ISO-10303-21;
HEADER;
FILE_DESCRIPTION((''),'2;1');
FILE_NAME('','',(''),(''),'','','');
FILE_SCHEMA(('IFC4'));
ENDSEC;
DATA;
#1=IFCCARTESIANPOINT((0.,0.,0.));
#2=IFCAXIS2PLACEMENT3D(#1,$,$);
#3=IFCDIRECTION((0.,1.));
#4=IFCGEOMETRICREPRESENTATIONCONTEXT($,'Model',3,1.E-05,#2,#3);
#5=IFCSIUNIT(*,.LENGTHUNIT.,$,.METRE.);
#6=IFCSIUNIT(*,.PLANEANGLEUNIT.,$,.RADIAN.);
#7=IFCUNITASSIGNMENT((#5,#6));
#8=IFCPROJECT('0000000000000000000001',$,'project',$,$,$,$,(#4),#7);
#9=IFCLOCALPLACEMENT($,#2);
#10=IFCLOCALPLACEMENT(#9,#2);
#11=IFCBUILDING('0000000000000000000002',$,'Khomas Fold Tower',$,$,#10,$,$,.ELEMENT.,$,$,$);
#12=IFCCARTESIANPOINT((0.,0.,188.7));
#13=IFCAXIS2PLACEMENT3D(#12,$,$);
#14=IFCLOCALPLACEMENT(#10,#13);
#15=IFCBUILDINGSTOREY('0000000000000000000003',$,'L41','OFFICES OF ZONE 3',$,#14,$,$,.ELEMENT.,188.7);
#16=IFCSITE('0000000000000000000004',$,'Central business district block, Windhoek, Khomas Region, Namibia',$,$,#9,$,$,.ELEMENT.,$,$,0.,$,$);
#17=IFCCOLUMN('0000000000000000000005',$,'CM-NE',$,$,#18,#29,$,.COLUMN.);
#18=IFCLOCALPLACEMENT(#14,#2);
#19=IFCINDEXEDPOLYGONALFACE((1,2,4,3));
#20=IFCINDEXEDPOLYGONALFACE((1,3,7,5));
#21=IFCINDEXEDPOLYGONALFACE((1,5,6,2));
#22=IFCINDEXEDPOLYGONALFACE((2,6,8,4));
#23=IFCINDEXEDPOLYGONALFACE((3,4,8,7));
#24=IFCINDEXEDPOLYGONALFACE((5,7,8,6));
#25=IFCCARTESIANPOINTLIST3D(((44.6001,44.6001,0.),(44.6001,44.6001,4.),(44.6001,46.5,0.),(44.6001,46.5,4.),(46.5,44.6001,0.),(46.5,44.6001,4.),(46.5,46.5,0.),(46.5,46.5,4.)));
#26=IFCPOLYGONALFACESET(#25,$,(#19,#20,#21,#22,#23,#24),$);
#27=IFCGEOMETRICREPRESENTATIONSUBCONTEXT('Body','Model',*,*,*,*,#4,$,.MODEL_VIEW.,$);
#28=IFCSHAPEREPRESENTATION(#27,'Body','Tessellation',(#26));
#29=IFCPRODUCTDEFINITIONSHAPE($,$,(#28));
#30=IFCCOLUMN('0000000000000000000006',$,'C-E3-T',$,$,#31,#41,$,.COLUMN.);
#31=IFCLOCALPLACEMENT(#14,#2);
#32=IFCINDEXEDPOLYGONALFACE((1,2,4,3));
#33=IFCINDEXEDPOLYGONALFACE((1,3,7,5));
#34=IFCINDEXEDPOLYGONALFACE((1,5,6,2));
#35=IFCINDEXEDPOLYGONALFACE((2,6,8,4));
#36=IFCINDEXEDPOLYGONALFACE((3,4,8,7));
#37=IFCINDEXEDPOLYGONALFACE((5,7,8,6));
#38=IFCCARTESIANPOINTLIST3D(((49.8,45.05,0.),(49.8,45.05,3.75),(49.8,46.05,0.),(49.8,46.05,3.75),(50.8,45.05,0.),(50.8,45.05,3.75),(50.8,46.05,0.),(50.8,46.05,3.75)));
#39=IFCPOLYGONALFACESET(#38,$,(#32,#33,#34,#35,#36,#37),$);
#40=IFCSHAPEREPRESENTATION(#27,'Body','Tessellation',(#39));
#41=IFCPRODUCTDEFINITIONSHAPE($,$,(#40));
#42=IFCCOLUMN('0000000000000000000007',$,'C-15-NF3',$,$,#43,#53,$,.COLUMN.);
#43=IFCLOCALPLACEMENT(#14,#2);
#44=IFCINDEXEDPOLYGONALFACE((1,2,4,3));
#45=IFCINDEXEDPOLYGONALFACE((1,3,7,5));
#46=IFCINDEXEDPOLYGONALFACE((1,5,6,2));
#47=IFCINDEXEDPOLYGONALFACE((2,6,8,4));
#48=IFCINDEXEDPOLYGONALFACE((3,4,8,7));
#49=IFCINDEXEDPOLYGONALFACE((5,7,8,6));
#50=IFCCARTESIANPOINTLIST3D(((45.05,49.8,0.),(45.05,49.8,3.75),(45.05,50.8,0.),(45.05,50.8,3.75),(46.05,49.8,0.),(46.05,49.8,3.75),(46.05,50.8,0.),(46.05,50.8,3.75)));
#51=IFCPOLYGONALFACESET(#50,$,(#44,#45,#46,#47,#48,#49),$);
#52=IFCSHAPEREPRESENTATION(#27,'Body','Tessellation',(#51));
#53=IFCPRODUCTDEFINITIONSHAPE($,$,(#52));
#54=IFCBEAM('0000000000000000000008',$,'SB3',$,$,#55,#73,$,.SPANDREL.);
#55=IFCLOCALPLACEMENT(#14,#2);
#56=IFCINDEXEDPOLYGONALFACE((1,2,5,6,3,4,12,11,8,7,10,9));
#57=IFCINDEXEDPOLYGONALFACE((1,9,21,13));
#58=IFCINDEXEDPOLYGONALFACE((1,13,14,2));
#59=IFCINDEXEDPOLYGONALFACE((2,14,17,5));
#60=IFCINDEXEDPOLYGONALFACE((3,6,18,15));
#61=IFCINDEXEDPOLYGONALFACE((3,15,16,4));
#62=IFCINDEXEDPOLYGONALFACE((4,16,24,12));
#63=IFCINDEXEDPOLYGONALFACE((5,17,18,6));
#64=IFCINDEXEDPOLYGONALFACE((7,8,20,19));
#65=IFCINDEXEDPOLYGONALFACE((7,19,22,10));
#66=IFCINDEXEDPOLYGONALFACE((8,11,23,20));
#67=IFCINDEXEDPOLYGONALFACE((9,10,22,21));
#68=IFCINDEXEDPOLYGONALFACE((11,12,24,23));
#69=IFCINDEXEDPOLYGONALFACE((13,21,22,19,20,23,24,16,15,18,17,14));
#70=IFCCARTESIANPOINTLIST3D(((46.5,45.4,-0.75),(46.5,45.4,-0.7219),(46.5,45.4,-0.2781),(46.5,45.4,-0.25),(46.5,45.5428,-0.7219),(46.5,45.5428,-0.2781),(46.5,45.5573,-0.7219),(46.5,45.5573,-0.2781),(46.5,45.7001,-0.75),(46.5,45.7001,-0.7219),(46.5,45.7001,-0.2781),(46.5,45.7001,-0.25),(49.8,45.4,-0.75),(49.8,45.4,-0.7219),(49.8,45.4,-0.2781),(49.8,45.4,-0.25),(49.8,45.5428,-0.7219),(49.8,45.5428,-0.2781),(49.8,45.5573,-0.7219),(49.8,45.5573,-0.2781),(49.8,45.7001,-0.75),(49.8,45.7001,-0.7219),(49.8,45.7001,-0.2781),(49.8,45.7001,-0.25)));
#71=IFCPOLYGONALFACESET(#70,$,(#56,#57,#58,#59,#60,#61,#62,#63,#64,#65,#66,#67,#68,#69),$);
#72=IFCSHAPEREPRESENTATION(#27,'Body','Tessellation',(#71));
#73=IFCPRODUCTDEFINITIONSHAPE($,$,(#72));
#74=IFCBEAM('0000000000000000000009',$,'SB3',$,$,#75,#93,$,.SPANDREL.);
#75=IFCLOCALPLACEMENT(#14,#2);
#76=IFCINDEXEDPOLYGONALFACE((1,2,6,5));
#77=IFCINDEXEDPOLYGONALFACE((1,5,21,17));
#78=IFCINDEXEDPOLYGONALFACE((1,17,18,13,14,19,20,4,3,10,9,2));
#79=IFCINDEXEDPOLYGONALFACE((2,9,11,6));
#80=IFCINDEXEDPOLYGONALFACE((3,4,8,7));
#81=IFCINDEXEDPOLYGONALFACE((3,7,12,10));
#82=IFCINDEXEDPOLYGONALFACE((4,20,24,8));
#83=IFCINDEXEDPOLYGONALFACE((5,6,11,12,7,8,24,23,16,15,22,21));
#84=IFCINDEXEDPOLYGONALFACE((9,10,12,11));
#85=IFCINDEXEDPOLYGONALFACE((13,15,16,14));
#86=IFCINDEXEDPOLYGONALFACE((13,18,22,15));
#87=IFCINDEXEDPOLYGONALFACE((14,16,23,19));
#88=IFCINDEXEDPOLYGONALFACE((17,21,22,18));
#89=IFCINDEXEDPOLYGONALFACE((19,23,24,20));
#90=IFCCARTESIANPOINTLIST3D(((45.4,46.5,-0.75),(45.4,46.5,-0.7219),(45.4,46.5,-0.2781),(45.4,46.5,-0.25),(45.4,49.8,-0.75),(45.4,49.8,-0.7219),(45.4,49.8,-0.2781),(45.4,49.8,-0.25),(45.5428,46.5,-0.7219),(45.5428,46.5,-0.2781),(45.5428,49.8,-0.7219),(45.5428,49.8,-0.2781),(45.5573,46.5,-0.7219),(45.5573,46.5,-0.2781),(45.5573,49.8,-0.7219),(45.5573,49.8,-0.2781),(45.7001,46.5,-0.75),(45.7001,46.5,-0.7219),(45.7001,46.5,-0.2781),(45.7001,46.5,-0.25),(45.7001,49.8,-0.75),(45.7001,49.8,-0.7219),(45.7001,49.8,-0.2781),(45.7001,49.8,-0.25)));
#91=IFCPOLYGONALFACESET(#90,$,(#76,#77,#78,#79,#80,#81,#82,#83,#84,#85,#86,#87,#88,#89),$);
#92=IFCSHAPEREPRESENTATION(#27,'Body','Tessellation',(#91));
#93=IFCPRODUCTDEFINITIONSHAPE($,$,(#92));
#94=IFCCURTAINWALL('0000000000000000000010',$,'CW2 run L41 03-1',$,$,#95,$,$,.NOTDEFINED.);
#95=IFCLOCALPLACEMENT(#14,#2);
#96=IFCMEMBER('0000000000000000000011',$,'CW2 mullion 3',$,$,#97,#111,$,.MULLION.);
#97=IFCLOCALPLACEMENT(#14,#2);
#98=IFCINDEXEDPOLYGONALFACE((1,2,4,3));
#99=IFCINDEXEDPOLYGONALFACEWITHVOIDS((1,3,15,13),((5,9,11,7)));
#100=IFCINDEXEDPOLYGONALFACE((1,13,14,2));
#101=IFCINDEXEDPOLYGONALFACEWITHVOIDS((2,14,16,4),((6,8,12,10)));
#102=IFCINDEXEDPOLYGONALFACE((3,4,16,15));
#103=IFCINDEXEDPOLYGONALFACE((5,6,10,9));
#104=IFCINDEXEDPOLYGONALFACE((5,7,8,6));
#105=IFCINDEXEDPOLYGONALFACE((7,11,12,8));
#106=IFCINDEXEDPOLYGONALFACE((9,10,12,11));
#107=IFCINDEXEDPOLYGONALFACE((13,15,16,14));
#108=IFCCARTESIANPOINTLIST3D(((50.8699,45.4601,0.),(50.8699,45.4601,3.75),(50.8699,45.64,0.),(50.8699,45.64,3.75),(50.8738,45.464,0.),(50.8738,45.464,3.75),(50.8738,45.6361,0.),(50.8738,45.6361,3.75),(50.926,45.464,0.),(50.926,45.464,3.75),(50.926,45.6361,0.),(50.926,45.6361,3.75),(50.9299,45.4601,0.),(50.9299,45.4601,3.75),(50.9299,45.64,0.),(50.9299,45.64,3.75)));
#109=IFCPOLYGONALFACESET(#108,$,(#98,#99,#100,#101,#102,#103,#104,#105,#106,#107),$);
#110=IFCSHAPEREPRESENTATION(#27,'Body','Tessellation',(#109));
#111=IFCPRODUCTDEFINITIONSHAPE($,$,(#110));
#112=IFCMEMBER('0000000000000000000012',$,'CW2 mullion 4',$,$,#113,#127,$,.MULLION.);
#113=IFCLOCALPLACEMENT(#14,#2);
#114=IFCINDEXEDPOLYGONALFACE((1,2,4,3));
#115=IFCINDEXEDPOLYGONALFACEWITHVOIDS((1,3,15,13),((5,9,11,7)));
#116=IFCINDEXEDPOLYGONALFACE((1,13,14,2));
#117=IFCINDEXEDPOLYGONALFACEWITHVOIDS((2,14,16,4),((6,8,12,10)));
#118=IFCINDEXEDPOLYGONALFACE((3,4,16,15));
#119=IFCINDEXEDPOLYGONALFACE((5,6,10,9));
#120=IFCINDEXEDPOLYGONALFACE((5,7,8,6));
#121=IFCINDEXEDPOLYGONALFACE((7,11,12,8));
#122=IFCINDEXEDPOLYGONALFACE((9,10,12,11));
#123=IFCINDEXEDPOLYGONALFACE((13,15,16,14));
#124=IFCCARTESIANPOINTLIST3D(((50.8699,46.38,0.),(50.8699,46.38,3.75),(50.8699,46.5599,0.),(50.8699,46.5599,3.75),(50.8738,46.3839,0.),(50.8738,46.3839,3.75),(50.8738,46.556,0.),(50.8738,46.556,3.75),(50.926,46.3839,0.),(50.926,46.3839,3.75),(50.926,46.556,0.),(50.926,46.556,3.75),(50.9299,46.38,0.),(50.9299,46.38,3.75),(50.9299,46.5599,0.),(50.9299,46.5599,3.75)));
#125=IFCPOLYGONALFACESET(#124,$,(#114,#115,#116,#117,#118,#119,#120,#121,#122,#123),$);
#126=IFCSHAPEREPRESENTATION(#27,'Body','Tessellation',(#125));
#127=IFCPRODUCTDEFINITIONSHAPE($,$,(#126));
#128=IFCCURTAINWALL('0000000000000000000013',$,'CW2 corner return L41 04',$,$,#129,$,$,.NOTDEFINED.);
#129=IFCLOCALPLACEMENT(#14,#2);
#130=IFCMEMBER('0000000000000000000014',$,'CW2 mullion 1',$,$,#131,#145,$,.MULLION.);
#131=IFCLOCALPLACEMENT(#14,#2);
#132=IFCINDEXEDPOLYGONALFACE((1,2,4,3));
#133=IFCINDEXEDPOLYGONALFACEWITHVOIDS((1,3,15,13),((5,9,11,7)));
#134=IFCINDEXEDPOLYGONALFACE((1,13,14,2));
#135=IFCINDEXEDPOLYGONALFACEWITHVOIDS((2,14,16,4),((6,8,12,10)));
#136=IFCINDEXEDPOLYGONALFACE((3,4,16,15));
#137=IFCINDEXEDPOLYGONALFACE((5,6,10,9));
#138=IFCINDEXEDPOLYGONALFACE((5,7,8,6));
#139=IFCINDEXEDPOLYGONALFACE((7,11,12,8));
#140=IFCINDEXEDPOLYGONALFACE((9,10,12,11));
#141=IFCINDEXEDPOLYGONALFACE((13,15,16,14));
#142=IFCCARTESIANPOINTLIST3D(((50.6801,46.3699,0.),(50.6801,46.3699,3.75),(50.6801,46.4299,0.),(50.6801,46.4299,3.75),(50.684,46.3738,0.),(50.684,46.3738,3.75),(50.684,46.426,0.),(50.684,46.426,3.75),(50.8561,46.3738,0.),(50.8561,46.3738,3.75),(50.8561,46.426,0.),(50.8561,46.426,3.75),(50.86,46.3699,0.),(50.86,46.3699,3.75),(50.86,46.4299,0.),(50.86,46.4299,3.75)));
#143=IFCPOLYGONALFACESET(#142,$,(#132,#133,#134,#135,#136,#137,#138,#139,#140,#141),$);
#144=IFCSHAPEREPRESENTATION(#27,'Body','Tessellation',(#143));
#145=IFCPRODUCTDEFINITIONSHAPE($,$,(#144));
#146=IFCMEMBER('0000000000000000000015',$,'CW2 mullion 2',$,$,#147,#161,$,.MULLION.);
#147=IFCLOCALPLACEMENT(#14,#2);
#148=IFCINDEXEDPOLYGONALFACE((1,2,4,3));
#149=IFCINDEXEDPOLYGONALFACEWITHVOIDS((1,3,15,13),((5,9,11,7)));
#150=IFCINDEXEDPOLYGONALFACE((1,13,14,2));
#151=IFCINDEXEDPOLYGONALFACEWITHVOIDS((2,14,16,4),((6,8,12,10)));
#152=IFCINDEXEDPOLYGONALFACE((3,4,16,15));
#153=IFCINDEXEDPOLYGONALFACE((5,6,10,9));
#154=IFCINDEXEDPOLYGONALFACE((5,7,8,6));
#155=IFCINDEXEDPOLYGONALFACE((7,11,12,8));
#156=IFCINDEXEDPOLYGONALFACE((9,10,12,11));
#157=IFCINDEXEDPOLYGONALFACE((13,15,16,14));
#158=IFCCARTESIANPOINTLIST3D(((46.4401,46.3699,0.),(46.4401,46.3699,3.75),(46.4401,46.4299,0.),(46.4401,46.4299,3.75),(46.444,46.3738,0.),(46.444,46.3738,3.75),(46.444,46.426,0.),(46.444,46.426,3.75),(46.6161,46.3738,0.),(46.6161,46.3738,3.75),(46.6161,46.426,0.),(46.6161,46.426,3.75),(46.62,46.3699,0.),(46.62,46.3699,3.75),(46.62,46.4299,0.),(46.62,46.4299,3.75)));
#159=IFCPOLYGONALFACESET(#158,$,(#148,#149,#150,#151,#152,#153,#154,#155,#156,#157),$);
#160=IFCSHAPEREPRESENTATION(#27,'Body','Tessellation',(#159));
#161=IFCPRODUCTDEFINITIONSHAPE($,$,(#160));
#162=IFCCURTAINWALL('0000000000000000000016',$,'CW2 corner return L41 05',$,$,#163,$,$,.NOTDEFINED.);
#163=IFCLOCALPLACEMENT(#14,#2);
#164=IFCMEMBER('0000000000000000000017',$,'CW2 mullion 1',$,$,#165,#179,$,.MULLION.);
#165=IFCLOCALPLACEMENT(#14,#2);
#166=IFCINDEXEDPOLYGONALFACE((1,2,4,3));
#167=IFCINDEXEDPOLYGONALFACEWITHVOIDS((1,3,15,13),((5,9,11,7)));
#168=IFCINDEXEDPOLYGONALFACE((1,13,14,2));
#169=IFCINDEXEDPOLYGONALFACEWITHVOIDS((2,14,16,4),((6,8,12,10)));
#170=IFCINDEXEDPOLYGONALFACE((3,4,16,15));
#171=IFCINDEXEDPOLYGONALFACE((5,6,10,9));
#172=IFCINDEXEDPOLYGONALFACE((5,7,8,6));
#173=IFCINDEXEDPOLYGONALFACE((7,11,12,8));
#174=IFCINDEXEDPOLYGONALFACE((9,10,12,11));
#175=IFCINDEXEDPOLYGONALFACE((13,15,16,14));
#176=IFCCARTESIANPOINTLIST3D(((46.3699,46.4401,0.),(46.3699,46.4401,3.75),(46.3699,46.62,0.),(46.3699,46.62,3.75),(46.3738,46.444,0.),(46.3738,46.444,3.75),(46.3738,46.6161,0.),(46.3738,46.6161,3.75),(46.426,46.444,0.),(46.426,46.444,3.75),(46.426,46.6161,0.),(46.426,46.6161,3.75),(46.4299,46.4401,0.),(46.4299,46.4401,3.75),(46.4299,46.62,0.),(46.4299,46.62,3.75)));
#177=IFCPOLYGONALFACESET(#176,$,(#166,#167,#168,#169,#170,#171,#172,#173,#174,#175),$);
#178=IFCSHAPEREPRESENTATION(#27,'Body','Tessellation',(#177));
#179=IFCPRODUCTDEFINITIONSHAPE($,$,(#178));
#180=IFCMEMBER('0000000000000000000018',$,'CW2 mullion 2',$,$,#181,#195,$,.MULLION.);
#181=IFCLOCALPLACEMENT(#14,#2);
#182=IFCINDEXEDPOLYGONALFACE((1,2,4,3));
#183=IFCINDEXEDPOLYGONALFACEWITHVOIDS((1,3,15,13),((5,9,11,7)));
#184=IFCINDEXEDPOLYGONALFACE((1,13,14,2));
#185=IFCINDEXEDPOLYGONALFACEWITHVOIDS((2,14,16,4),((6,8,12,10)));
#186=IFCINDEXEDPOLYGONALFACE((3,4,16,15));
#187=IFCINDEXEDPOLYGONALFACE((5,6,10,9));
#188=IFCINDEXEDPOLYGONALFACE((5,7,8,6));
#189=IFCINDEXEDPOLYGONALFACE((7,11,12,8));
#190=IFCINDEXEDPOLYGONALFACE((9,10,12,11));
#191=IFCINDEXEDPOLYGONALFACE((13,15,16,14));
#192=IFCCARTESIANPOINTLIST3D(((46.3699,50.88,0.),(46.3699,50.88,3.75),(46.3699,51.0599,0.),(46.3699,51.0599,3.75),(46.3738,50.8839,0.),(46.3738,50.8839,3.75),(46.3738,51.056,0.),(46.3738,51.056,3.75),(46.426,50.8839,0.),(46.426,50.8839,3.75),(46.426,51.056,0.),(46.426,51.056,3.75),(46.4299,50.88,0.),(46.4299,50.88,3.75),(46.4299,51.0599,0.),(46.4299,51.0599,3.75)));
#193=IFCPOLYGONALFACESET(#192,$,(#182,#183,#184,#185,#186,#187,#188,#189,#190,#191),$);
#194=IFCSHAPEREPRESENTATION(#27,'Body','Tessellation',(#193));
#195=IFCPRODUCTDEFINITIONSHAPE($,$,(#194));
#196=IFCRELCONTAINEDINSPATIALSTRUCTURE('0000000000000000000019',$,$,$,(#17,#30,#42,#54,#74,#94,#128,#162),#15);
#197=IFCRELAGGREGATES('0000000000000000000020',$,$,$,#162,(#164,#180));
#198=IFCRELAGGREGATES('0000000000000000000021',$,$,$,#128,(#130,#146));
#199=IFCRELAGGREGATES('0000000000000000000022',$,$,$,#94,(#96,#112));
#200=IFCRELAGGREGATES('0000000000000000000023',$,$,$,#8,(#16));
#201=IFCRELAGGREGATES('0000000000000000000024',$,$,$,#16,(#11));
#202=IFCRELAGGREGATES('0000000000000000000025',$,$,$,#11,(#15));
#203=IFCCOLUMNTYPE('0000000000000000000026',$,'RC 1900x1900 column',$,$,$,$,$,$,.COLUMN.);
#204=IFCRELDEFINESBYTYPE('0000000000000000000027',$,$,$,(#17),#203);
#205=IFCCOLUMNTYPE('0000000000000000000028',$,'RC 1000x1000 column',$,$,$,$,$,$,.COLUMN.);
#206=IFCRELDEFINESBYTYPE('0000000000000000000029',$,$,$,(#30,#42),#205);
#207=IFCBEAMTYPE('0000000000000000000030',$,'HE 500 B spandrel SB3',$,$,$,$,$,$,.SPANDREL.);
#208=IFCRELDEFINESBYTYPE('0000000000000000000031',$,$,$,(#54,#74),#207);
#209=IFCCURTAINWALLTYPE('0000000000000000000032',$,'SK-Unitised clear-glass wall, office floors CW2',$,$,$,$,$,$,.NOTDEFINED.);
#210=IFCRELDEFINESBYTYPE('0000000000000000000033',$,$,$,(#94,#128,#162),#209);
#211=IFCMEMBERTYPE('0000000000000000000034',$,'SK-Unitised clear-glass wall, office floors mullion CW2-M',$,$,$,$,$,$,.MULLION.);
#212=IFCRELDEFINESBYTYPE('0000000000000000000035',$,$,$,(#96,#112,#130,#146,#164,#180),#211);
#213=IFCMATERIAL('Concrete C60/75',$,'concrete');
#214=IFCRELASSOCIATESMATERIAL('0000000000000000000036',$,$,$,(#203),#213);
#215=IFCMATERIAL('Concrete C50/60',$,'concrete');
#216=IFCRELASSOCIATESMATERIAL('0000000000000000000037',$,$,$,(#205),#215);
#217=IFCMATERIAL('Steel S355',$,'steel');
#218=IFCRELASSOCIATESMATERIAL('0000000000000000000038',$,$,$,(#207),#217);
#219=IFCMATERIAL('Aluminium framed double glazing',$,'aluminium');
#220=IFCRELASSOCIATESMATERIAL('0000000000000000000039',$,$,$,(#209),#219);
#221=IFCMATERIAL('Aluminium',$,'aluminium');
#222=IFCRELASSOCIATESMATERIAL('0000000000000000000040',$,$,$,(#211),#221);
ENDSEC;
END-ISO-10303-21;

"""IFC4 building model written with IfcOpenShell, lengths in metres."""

from ifc_helpers import new_model, si_unit, direction, frame, origin, origin_2d, place, context, subcontext, project, spatial, rectangle, hollow_rectangle, i_section, extrude, source, transform, mapped, material, material_profile, profile_set, type_object, element, aggregate, save


model = new_model("IFC4")

# Units and contexts
model_context = context("Model", 3, precision=1e-05, world=origin(), true_north=direction((0.0, 1.0)))
body_context = subcontext(model_context, "Body", "Model", "MODEL_VIEW")
ifc_project = project(units=[si_unit("LENGTHUNIT", "METRE"), si_unit("PLANEANGLEUNIT", "RADIAN")], contexts=[model_context])

# Site, building, storey
site_placement = place(None, origin())
site = spatial("IfcSite", under=ifc_project, at=site_placement, Name="Central business district block, Windhoek, Khomas Region, Namibia", CompositionType="ELEMENT", RefElevation=0.0)
building_placement = place(site_placement, origin())
building = spatial("IfcBuilding", under=site, at=building_placement, Name="Khomas Fold Tower", CompositionType="ELEMENT")
storey_placement = place(building_placement, frame((0.0, 0.0, 188.7)))
storey = spatial("IfcBuildingStorey", under=building, at=storey_placement, Name="L41", Description="OFFICES OF ZONE 3", CompositionType="ELEMENT", Elevation=188.7)

# Columns
ifc_material_1 = material(Name="Concrete C60/75", Category="concrete")
ifc_material_profile_1 = material_profile(ifc_material_1, rectangle(XDim=1.8999, YDim=1.8999, at=origin_2d()), Name="RC 1900x1900")
ifc_profile_set_1 = profile_set([ifc_material_profile_1], Name="Concrete C60/75")
column_type_1 = type_object("IfcColumnType", Name="RC 1900x1900 column", PredefinedType="COLUMN", material=ifc_profile_set_1)
shared_shape_1 = source(origin(), body_context, "Body", "SweptSolid", [
    extrude(rectangle(XDim=1.8999, YDim=1.8999, at=origin_2d()), origin(), (0.0, 0.0, 1.0), 4.0),
])
column_placement = place(storey_placement, frame((45.55, 45.55, 0.0), z_axis=(0.0, 0.0, 1.0), x_axis=(1.0, 0.0, 0.0)))
element("IfcColumn", 1, at=column_placement, inside=storey, type_object=column_type_1, Name="CM-NE", PredefinedType="COLUMN", context=body_context, shape_type="MappedRepresentation", body=[
    mapped(shared_shape_1, transform((0.0, 0.0, 0.0))),
])
ifc_material_2 = material(Name="Concrete C50/60", Category="concrete")
ifc_material_profile_2 = material_profile(ifc_material_2, rectangle(XDim=1.0, YDim=1.0, at=origin_2d()), Name="RC 1000x1000")
ifc_profile_set_2 = profile_set([ifc_material_profile_2], Name="Concrete C50/60")
column_type_2 = type_object("IfcColumnType", Name="RC 1000x1000 column", PredefinedType="COLUMN", material=ifc_profile_set_2)
shared_shape_2 = source(origin(), body_context, "Body", "SweptSolid", [
    extrude(rectangle(XDim=1.0, YDim=1.0, at=origin_2d()), origin(), (0.0, 0.0, 1.0), 3.75),
])
for number, where, z_axis, x_axis, name in (
    (2, (50.3, 45.55, 0.0), (0.0, 0.0, 1.0), (1.0, 0.0, 0.0), "C-E3-T"),
    (3, (45.55, 50.3, 0.0), (0.0, 0.0, 1.0), (1.0, 0.0, 0.0), "C-15-NF3"),
):
    element("IfcColumn", number, at=place(storey_placement, frame(where, z_axis=z_axis, x_axis=x_axis)), inside=storey, type_object=column_type_2, Name=name, PredefinedType="COLUMN", context=body_context, shape_type="MappedRepresentation", body=[
        mapped(shared_shape_2, transform((0.0, 0.0, 0.0))),
    ])

# Beams
ifc_material_3 = material(Name="Steel S355", Category="steel")
ifc_material_profile_3 = material_profile(ifc_material_3, i_section(OverallWidth=0.3, OverallDepth=0.5, WebThickness=0.0144, FlangeThickness=0.0281, at=origin_2d()), Name="HE 500 B")
ifc_profile_set_3 = profile_set([ifc_material_profile_3], Name="Steel S355")
beam_type = type_object("IfcBeamType", Name="HE 500 B spandrel SB3", PredefinedType="SPANDREL", material=ifc_profile_set_3)
shared_shape_3 = source(origin(), body_context, "Body", "SweptSolid", [
    extrude(i_section(OverallWidth=0.3, OverallDepth=0.5, WebThickness=0.0144, FlangeThickness=0.0281, at=origin_2d()), origin(), (0.0, 0.0, 1.0), 3.3),
])
for number, where, z_axis, x_axis, name in (
    (4, (46.5, 45.55, -0.5), (1.0, 0.0, 0.0), (0.0, 1.0, 0.0), "SB3"),
    (5, (45.55, 46.5, -0.5), (0.0, 1.0, 0.0), (-1.0, 0.0, 0.0), "SB3"),
):
    element("IfcBeam", number, at=place(storey_placement, frame(where, z_axis=z_axis, x_axis=x_axis)), inside=storey, type_object=beam_type, Name=name, PredefinedType="SPANDREL", context=body_context, shape_type="MappedRepresentation", body=[
        mapped(shared_shape_3, transform((0.0, 0.0, 0.0))),
    ])

# Curtain walls, members
ifc_material_4 = material(Name="Aluminium framed double glazing", Category="aluminium")
curtain_wall_type = type_object("IfcCurtainWallType", Name="SK-Unitised clear-glass wall, office floors CW2", PredefinedType="NOTDEFINED", material=ifc_material_4)
curtain_wall_1_placement = place(storey_placement, origin())
curtain_wall_1 = element("IfcCurtainWall", 6, at=curtain_wall_1_placement, inside=storey, type_object=curtain_wall_type, Name="CW2 run L41 03-1", PredefinedType="NOTDEFINED")
ifc_material_5 = material(Name="Aluminium", Category="aluminium")
ifc_material_profile_4 = material_profile(ifc_material_5, hollow_rectangle(XDim=0.0601, YDim=0.1799, WallThickness=0.0039, at=origin_2d()), Name="SK-Unitised clear-glass wall, office floors mullion CW2-M")
ifc_profile_set_4 = profile_set([ifc_material_profile_4], Name="Aluminium")
member_type_1 = type_object("IfcMemberType", Name="SK-Unitised clear-glass wall, office floors mullion CW2-M", PredefinedType="MULLION", material=ifc_profile_set_4)
shared_shape_4 = source(origin(), body_context, "Body", "SweptSolid", [
    extrude(hollow_rectangle(XDim=0.0601, YDim=0.1799, WallThickness=0.0039, at=origin_2d()), origin(), (0.0, 0.0, 1.0), 3.75),
])
member_1_placement = place(storey_placement, frame((50.8999, 45.55, 0.0), z_axis=(0.0, 0.0, 1.0), x_axis=(-1.0, 0.0, 0.0)))
member_1 = element("IfcMember", 7, at=member_1_placement, type_object=member_type_1, Name="CW2 mullion 3", PredefinedType="MULLION", context=body_context, shape_type="MappedRepresentation", body=[
    mapped(shared_shape_4, transform((0.0, 0.0, 0.0))),
])
member_2_placement = place(storey_placement, frame((50.8999, 46.47, 0.0), z_axis=(0.0, 0.0, 1.0), x_axis=(-1.0, 0.0, 0.0)))
member_2 = element("IfcMember", 8, at=member_2_placement, type_object=member_type_1, Name="CW2 mullion 4", PredefinedType="MULLION", context=body_context, shape_type="MappedRepresentation", body=[
    mapped(shared_shape_4, transform((0.0, 0.0, 0.0))),
])
curtain_wall_2_placement = place(storey_placement, origin())
curtain_wall_2 = element("IfcCurtainWall", 9, at=curtain_wall_2_placement, inside=storey, type_object=curtain_wall_type, Name="CW2 corner return L41 04", PredefinedType="NOTDEFINED")
member_3_placement = place(storey_placement, frame((50.77, 46.3999, 0.0), z_axis=(0.0, 0.0, 1.0), x_axis=(0.0, -1.0, 0.0)))
member_3 = element("IfcMember", 10, at=member_3_placement, type_object=member_type_1, Name="CW2 mullion 1", PredefinedType="MULLION", context=body_context, shape_type="MappedRepresentation", body=[
    mapped(shared_shape_4, transform((0.0, 0.0, 0.0))),
])
member_4_placement = place(storey_placement, frame((46.53, 46.3999, 0.0), z_axis=(0.0, 0.0, 1.0), x_axis=(0.0, -1.0, 0.0)))
member_4 = element("IfcMember", 11, at=member_4_placement, type_object=member_type_1, Name="CW2 mullion 2", PredefinedType="MULLION", context=body_context, shape_type="MappedRepresentation", body=[
    mapped(shared_shape_4, transform((0.0, 0.0, 0.0))),
])
curtain_wall_3_placement = place(storey_placement, origin())
curtain_wall_3 = element("IfcCurtainWall", 12, at=curtain_wall_3_placement, inside=storey, type_object=curtain_wall_type, Name="CW2 corner return L41 05", PredefinedType="NOTDEFINED")
member_5_placement = place(storey_placement, frame((46.3999, 46.53, 0.0), z_axis=(0.0, 0.0, 1.0), x_axis=(-1.0, 0.0, 0.0)))
member_5 = element("IfcMember", 13, at=member_5_placement, type_object=member_type_1, Name="CW2 mullion 1", PredefinedType="MULLION", context=body_context, shape_type="MappedRepresentation", body=[
    mapped(shared_shape_4, transform((0.0, 0.0, 0.0))),
])
member_6_placement = place(storey_placement, frame((46.3999, 50.97, 0.0), z_axis=(0.0, 0.0, 1.0), x_axis=(-1.0, 0.0, 0.0)))
member_6 = element("IfcMember", 14, at=member_6_placement, type_object=member_type_1, Name="CW2 mullion 2", PredefinedType="MULLION", context=body_context, shape_type="MappedRepresentation", body=[
    mapped(shared_shape_4, transform((0.0, 0.0, 0.0))),
])

aggregate(curtain_wall_3, [member_5, member_6])
aggregate(curtain_wall_2, [member_3, member_4])
aggregate(curtain_wall_1, [member_1, member_2])

save(model, "model.ifc")
